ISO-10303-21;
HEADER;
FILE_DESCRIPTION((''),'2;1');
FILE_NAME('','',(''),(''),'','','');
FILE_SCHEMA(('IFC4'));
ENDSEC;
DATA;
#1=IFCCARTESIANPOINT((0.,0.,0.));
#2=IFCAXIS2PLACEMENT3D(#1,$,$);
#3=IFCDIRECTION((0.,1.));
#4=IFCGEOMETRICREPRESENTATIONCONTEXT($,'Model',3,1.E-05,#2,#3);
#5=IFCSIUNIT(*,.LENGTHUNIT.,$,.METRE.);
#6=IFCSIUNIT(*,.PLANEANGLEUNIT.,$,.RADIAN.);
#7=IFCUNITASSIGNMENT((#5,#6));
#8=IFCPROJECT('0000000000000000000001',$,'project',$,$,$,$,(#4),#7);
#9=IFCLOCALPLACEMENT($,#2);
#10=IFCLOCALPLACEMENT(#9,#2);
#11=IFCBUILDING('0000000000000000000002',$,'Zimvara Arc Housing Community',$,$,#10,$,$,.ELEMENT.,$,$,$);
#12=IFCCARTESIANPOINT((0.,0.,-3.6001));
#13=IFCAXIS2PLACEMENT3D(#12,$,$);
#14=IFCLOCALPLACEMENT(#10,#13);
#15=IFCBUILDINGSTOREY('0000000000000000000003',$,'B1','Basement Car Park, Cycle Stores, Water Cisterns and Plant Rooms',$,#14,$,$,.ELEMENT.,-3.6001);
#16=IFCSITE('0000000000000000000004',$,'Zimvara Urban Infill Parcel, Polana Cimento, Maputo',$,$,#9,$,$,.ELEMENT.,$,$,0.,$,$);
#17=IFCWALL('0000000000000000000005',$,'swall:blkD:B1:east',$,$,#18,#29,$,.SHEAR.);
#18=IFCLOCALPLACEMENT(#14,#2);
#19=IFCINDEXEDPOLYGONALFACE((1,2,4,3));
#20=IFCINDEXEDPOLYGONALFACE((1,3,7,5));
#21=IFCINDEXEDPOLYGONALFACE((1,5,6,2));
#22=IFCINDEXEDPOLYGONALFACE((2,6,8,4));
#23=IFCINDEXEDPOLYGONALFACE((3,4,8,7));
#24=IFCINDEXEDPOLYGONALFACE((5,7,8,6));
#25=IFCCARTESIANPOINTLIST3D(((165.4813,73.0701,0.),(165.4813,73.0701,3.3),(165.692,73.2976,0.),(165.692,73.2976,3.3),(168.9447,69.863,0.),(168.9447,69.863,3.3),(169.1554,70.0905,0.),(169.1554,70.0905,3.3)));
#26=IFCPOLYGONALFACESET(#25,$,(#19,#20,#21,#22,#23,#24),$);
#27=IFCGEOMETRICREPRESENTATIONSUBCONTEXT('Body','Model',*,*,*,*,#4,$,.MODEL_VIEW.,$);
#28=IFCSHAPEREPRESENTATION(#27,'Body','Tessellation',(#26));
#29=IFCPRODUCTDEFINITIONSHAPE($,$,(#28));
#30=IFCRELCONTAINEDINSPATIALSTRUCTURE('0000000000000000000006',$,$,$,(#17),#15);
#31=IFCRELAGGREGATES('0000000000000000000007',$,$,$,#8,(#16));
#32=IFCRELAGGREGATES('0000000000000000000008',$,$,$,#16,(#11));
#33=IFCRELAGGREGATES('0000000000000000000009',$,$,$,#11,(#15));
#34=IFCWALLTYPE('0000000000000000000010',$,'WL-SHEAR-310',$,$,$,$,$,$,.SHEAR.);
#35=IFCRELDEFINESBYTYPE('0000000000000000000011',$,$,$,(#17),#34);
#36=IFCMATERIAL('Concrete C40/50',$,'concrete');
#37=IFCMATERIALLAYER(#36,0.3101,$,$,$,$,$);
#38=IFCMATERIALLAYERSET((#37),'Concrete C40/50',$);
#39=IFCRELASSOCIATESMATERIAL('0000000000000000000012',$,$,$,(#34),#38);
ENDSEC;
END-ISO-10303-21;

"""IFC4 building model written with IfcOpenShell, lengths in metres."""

from ifc_helpers import new_model, si_unit, direction, frame, frame_2d, origin, place, context, subcontext, project, spatial, rectangle, extrude, material, layer, layer_set, type_object, element, save


model = new_model("IFC4")

# Units and contexts
model_context = context("Model", 3, precision=1e-05, world=origin(), true_north=direction((0.0, 1.0)))
body_context = subcontext(model_context, "Body", "Model", "MODEL_VIEW")
ifc_project = project(units=[si_unit("LENGTHUNIT", "METRE"), si_unit("PLANEANGLEUNIT", "RADIAN")], contexts=[model_context])

# Site, building, storey
site_placement = place(None, origin())
site = spatial("IfcSite", under=ifc_project, at=site_placement, Name="Zimvara Urban Infill Parcel, Polana Cimento, Maputo", CompositionType="ELEMENT", RefElevation=0.0)
building_placement = place(site_placement, origin())
building = spatial("IfcBuilding", under=site, at=building_placement, Name="Zimvara Arc Housing Community", CompositionType="ELEMENT")
storey_placement = place(building_placement, frame((0.0, 0.0, -3.6001)))
storey = spatial("IfcBuildingStorey", under=building, at=storey_placement, Name="B1", Description="Basement Car Park, Cycle Stores, Water Cisterns and Plant Rooms", CompositionType="ELEMENT", Elevation=-3.6001)

# Wall
ifc_material_1 = material(Name="Concrete C40/50", Category="concrete")
ifc_layer_1 = layer(ifc_material_1, 0.3101)
ifc_layer_set_1 = layer_set([ifc_layer_1], Name="Concrete C40/50")
wall_type_1 = type_object("IfcWallType", Name="WL-SHEAR-310", PredefinedType="SHEAR", material=ifc_layer_set_1)
wall_1_placement = place(storey_placement, frame((165.5867, 73.1838, 0.0), z_axis=(0.0, 0.0, 1.0), x_axis=(0.73374, -0.679431, 0.0)))
element("IfcWall", 1, at=wall_1_placement, inside=storey, type_object=wall_type_1, Name="swall:blkD:B1:east", PredefinedType="SHEAR", context=body_context, shape_type="SweptSolid", body=[
    extrude(rectangle(XDim=4.7202, YDim=0.3101, at=frame_2d((2.3601, 0.0))), origin(), (0.0, 0.0, 1.0), 3.3),
])

save(model, "model.ifc")
